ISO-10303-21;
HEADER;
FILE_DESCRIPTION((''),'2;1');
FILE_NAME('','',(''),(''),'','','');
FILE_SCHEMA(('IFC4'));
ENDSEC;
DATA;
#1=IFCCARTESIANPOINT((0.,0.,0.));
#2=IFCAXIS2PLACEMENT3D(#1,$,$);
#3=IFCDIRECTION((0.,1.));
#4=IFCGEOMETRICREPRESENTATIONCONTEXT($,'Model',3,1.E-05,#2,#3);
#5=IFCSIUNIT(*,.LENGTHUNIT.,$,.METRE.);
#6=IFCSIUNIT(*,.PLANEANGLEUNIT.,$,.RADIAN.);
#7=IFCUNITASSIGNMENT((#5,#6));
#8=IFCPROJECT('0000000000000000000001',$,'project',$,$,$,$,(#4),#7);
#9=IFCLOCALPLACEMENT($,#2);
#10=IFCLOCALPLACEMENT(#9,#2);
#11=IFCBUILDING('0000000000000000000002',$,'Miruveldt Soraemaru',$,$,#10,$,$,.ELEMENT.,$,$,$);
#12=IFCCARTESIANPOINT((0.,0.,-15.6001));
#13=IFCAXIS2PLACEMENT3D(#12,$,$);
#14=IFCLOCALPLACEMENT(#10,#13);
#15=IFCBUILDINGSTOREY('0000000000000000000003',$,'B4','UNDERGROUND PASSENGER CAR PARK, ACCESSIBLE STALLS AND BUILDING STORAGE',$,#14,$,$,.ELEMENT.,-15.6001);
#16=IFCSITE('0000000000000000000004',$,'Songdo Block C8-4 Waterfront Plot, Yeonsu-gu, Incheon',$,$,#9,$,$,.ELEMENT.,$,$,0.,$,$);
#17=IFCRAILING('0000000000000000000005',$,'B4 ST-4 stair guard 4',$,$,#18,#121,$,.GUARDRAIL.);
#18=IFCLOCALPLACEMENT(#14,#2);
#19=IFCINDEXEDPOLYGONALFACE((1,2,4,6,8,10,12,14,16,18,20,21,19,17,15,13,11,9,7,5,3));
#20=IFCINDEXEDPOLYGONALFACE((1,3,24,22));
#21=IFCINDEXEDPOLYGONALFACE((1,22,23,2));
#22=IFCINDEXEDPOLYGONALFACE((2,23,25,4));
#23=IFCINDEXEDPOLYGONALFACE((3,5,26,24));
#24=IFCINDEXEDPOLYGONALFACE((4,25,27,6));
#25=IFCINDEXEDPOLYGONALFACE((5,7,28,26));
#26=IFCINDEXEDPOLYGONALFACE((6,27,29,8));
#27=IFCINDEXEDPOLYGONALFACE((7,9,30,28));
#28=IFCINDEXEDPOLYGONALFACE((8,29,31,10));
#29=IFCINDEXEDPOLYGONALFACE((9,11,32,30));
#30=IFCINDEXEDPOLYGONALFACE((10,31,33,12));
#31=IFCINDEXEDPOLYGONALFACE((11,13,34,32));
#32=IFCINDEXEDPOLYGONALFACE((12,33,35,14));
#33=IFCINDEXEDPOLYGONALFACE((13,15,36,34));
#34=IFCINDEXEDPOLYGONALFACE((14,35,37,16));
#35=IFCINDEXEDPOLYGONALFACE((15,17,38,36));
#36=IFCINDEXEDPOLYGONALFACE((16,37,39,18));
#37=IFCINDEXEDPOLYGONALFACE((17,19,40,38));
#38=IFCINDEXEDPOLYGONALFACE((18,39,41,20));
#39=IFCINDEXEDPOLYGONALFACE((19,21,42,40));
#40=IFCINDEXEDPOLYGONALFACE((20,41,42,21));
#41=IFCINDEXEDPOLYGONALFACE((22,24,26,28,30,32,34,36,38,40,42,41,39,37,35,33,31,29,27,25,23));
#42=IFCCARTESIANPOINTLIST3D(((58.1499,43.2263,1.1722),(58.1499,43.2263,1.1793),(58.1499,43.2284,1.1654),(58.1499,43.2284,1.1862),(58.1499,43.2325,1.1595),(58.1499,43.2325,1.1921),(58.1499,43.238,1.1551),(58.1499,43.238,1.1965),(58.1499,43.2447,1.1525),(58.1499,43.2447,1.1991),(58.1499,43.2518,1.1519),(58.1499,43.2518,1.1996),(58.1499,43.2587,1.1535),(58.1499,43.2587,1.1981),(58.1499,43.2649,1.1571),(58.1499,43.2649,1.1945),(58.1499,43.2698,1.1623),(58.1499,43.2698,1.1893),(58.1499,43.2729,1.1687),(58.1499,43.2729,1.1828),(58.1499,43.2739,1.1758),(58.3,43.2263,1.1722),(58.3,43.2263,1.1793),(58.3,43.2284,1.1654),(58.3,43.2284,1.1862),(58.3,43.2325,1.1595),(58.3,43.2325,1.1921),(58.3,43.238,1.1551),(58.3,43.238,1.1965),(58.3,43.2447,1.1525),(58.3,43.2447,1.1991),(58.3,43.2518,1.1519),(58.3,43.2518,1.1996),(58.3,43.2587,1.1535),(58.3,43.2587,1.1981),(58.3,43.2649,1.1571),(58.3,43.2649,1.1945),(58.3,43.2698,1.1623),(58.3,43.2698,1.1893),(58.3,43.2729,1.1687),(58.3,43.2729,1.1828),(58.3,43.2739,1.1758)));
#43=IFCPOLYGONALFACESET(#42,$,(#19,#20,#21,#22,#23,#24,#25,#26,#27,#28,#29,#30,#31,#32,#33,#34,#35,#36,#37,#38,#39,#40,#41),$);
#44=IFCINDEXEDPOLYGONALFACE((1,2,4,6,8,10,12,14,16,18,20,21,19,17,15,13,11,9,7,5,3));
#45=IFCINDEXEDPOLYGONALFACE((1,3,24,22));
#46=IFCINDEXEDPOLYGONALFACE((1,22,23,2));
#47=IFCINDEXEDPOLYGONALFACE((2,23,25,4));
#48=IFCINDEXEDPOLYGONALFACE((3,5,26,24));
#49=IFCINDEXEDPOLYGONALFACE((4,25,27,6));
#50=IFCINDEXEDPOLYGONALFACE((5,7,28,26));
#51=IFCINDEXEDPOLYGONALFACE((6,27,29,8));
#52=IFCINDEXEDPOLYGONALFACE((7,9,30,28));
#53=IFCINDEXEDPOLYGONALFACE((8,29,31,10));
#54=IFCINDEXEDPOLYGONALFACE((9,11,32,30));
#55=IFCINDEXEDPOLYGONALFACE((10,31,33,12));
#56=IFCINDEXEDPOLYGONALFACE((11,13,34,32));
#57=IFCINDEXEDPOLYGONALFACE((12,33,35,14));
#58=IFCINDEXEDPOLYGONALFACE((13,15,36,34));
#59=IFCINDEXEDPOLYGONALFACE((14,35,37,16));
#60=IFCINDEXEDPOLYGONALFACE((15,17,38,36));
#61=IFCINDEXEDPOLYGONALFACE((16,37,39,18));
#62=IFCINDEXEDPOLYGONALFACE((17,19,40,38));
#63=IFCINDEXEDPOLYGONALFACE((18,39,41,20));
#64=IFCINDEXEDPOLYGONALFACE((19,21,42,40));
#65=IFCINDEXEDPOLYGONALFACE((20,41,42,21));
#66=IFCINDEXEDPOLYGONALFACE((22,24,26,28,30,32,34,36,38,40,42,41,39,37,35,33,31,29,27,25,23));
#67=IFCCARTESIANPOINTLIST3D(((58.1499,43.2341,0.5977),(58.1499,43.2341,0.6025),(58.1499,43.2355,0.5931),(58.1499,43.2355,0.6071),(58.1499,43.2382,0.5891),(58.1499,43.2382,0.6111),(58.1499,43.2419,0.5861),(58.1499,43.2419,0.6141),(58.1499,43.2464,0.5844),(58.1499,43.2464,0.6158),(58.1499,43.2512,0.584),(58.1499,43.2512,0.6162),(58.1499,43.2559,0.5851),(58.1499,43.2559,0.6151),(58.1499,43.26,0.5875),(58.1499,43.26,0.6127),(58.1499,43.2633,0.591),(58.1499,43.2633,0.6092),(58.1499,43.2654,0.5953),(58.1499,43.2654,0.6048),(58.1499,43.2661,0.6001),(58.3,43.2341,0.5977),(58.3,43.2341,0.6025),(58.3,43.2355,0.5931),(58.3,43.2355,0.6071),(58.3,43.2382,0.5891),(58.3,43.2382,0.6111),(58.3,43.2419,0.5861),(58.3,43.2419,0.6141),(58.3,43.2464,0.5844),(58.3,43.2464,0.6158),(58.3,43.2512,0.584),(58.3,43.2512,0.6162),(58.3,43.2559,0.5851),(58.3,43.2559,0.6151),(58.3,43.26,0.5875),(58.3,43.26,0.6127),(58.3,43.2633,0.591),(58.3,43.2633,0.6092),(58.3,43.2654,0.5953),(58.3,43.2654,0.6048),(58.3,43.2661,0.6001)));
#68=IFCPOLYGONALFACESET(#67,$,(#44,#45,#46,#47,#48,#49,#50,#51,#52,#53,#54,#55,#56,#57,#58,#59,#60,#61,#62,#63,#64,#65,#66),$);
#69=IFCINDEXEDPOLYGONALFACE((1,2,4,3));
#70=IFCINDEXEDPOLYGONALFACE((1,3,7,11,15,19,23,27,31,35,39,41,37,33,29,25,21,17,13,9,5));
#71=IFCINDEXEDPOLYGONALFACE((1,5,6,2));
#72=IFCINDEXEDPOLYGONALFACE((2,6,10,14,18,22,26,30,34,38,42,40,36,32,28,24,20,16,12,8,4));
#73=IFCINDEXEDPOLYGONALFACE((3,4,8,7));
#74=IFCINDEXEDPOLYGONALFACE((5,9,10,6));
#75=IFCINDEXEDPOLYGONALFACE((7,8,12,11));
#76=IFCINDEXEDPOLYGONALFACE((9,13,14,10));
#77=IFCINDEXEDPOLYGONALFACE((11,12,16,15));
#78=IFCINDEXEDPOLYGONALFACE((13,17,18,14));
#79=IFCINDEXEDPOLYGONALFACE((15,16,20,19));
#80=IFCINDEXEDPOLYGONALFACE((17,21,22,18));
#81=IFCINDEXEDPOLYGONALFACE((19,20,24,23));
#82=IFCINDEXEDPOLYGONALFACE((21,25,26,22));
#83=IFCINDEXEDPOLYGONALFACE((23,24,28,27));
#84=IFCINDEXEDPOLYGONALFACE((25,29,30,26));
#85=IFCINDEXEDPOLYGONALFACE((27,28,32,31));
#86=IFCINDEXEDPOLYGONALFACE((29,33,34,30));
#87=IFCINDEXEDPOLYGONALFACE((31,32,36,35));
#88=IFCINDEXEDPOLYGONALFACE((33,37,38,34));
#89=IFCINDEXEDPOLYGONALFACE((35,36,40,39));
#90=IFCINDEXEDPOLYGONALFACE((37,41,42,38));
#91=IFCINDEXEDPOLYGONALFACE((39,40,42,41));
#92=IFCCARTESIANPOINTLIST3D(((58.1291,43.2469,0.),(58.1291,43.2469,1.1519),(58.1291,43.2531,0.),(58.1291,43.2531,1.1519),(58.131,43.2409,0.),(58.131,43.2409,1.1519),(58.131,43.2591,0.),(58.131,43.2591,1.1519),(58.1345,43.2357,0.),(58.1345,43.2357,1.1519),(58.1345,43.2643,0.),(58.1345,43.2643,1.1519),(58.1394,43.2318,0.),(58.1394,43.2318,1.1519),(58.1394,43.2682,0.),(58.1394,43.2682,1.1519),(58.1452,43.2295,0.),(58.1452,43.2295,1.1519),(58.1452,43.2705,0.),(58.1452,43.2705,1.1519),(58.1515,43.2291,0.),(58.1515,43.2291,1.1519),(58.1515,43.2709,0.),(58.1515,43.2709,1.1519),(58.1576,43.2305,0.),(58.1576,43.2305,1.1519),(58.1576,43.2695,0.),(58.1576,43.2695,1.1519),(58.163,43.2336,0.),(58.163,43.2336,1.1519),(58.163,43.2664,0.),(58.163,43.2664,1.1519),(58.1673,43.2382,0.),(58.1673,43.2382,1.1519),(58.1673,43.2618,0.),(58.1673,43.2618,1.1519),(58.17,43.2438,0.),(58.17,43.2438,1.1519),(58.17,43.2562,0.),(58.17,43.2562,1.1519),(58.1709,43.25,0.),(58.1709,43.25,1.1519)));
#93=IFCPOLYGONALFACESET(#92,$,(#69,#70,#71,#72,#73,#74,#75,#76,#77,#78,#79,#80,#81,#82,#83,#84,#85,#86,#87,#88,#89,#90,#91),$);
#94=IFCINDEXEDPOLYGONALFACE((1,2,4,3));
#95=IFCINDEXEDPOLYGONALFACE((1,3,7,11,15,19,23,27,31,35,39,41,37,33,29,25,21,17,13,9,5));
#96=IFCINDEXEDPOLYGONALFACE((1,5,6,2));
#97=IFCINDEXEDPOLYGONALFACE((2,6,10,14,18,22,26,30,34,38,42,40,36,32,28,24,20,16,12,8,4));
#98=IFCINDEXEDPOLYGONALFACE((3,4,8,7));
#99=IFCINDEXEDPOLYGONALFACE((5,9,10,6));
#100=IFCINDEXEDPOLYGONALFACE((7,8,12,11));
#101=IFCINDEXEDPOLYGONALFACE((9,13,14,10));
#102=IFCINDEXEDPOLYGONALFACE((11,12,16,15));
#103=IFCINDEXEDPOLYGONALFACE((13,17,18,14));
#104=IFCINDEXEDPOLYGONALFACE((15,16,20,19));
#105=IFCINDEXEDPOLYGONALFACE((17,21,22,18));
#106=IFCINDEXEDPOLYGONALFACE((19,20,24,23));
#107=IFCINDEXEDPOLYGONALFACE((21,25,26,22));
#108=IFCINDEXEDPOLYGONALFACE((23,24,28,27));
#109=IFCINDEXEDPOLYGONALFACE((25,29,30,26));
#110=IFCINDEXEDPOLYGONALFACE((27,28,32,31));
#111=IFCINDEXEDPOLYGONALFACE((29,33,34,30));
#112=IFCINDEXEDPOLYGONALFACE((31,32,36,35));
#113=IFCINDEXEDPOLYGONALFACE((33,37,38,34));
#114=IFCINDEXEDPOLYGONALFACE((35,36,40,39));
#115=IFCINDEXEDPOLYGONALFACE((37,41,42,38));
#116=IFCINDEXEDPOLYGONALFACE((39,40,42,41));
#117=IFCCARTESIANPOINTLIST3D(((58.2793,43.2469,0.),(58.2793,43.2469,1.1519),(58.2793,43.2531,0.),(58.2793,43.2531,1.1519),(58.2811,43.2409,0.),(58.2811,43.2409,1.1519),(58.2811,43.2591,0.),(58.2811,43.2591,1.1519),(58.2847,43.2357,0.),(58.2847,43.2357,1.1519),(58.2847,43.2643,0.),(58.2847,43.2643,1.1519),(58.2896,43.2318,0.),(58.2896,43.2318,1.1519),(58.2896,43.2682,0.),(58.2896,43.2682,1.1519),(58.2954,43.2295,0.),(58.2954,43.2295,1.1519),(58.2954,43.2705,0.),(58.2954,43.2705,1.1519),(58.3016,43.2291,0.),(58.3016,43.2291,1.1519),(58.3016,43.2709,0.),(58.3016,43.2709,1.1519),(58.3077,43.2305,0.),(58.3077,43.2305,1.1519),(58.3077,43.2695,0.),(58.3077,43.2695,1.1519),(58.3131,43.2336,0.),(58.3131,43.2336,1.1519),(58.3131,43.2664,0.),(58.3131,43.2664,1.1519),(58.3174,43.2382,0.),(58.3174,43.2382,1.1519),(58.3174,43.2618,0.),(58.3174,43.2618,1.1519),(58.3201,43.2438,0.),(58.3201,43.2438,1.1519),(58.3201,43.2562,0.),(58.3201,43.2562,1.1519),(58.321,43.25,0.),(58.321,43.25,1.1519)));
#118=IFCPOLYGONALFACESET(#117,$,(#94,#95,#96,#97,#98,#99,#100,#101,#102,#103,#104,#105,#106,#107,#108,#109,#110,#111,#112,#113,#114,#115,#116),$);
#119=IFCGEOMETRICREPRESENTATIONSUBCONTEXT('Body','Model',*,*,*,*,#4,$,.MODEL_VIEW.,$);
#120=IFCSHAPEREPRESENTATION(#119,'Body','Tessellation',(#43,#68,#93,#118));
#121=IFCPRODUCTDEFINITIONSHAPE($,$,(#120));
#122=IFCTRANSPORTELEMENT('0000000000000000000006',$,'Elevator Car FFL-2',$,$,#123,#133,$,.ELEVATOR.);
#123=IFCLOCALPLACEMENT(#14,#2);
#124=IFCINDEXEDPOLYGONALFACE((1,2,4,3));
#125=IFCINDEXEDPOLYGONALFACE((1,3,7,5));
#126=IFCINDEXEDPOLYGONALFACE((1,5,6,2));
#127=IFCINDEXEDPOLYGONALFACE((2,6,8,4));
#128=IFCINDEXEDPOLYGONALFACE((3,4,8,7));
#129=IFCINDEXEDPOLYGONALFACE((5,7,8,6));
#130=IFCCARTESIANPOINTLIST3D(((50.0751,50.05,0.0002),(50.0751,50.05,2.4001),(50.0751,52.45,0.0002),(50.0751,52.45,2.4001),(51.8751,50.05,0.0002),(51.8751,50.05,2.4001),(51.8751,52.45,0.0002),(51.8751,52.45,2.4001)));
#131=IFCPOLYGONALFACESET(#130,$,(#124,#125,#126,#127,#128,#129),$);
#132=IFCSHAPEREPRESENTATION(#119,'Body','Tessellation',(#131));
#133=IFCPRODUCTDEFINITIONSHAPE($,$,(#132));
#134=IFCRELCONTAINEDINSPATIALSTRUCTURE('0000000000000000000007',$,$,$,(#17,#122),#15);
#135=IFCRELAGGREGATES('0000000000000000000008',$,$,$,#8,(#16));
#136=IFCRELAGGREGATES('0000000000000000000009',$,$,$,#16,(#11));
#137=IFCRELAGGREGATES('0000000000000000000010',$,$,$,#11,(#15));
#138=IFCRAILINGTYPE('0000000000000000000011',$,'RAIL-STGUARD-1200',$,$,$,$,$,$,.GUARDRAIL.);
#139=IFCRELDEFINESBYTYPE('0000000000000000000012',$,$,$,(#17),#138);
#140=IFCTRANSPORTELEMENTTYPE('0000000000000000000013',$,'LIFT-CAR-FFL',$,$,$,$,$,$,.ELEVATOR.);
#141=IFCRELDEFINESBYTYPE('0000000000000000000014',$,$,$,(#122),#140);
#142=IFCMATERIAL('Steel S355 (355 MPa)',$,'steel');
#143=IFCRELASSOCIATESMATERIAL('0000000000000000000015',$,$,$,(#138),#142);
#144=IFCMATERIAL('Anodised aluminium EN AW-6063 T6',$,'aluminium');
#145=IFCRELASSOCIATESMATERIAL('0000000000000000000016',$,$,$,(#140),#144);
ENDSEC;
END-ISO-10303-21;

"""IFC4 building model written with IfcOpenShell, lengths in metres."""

from ifc_helpers import new_model, si_unit, direction, frame, origin, origin_2d, place, context, subcontext, project, spatial, rectangle, circle, extrude, material, type_object, element, save


model = new_model("IFC4")

# Units and contexts
model_context = context("Model", 3, precision=1e-05, world=origin(), true_north=direction((0.0, 1.0)))
body_context = subcontext(model_context, "Body", "Model", "MODEL_VIEW")
ifc_project = project(units=[si_unit("LENGTHUNIT", "METRE"), si_unit("PLANEANGLEUNIT", "RADIAN")], contexts=[model_context])

# Site, building, storey
site_placement = place(None, origin())
site = spatial("IfcSite", under=ifc_project, at=site_placement, Name="Songdo Block C8-4 Waterfront Plot, Yeonsu-gu, Incheon", CompositionType="ELEMENT", RefElevation=0.0)
building_placement = place(site_placement, origin())
building = spatial("IfcBuilding", under=site, at=building_placement, Name="Miruveldt Soraemaru", CompositionType="ELEMENT")
storey_placement = place(building_placement, frame((0.0, 0.0, -15.6001)))
storey = spatial("IfcBuildingStorey", under=building, at=storey_placement, Name="B4", Description="UNDERGROUND PASSENGER CAR PARK, ACCESSIBLE STALLS AND BUILDING STORAGE", CompositionType="ELEMENT", Elevation=-15.6001)

# Shared definitions
ifc_material_1 = material(Name="Anodised aluminium EN AW-6063 T6", Category="aluminium")

# Shared definitions
ifc_material_2 = material(Name="Steel S355 (355 MPa)", Category="steel")

# Railing
railing_type_1 = type_object("IfcRailingType", Name="RAIL-STGUARD-1200", PredefinedType="GUARDRAIL", material=ifc_material_2)
railing_1_placement = place(storey_placement, frame((58.1499, 43.25, 0.0)))
element("IfcRailing", 1, at=railing_1_placement, inside=storey, type_object=railing_type_1, Name="B4 ST-4 stair guard 4", PredefinedType="GUARDRAIL", context=body_context, shape_type="SweptSolid", body=[
    extrude(circle(Radius=0.0239, at=origin_2d()), frame((0.0, 0.0, 1.1758), z_axis=(1.0, 0.0, 0.0), x_axis=(0.0, 1.0, 0.0)), (0.0, 0.0, 1.0), 0.1501),
    extrude(circle(Radius=0.0161, at=origin_2d()), frame((0.0, 0.0, 0.6001), z_axis=(1.0, 0.0, 0.0), x_axis=(0.0, 1.0, 0.0)), (0.0, 0.0, 1.0), 0.1501),
    extrude(circle(Radius=0.021, at=origin_2d()), origin(), (0.0, 0.0, 1.0), 1.1519),
    extrude(circle(Radius=0.021, at=origin_2d()), frame((0.1501, 0.0, 0.0)), (0.0, 0.0, 1.0), 1.1519),
])

# Transport element
transport_element_type = type_object("IfcTransportElementType", Name="LIFT-CAR-FFL", PredefinedType="ELEVATOR", material=ifc_material_1)
transport_element_placement = place(storey_placement, frame((50.9751, 51.25, 0.0002), z_axis=(0.0, 0.0, 1.0), x_axis=(1.0, 0.0, 0.0)))
element("IfcTransportElement", 2, at=transport_element_placement, inside=storey, type_object=transport_element_type, Name="Elevator Car FFL-2", PredefinedType="ELEVATOR", context=body_context, shape_type="SweptSolid", body=[
    extrude(rectangle(XDim=1.8, YDim=2.3999, at=origin_2d()), origin(), (0.0, 0.0, 1.0), 2.3999),
])

save(model, "model.ifc")
